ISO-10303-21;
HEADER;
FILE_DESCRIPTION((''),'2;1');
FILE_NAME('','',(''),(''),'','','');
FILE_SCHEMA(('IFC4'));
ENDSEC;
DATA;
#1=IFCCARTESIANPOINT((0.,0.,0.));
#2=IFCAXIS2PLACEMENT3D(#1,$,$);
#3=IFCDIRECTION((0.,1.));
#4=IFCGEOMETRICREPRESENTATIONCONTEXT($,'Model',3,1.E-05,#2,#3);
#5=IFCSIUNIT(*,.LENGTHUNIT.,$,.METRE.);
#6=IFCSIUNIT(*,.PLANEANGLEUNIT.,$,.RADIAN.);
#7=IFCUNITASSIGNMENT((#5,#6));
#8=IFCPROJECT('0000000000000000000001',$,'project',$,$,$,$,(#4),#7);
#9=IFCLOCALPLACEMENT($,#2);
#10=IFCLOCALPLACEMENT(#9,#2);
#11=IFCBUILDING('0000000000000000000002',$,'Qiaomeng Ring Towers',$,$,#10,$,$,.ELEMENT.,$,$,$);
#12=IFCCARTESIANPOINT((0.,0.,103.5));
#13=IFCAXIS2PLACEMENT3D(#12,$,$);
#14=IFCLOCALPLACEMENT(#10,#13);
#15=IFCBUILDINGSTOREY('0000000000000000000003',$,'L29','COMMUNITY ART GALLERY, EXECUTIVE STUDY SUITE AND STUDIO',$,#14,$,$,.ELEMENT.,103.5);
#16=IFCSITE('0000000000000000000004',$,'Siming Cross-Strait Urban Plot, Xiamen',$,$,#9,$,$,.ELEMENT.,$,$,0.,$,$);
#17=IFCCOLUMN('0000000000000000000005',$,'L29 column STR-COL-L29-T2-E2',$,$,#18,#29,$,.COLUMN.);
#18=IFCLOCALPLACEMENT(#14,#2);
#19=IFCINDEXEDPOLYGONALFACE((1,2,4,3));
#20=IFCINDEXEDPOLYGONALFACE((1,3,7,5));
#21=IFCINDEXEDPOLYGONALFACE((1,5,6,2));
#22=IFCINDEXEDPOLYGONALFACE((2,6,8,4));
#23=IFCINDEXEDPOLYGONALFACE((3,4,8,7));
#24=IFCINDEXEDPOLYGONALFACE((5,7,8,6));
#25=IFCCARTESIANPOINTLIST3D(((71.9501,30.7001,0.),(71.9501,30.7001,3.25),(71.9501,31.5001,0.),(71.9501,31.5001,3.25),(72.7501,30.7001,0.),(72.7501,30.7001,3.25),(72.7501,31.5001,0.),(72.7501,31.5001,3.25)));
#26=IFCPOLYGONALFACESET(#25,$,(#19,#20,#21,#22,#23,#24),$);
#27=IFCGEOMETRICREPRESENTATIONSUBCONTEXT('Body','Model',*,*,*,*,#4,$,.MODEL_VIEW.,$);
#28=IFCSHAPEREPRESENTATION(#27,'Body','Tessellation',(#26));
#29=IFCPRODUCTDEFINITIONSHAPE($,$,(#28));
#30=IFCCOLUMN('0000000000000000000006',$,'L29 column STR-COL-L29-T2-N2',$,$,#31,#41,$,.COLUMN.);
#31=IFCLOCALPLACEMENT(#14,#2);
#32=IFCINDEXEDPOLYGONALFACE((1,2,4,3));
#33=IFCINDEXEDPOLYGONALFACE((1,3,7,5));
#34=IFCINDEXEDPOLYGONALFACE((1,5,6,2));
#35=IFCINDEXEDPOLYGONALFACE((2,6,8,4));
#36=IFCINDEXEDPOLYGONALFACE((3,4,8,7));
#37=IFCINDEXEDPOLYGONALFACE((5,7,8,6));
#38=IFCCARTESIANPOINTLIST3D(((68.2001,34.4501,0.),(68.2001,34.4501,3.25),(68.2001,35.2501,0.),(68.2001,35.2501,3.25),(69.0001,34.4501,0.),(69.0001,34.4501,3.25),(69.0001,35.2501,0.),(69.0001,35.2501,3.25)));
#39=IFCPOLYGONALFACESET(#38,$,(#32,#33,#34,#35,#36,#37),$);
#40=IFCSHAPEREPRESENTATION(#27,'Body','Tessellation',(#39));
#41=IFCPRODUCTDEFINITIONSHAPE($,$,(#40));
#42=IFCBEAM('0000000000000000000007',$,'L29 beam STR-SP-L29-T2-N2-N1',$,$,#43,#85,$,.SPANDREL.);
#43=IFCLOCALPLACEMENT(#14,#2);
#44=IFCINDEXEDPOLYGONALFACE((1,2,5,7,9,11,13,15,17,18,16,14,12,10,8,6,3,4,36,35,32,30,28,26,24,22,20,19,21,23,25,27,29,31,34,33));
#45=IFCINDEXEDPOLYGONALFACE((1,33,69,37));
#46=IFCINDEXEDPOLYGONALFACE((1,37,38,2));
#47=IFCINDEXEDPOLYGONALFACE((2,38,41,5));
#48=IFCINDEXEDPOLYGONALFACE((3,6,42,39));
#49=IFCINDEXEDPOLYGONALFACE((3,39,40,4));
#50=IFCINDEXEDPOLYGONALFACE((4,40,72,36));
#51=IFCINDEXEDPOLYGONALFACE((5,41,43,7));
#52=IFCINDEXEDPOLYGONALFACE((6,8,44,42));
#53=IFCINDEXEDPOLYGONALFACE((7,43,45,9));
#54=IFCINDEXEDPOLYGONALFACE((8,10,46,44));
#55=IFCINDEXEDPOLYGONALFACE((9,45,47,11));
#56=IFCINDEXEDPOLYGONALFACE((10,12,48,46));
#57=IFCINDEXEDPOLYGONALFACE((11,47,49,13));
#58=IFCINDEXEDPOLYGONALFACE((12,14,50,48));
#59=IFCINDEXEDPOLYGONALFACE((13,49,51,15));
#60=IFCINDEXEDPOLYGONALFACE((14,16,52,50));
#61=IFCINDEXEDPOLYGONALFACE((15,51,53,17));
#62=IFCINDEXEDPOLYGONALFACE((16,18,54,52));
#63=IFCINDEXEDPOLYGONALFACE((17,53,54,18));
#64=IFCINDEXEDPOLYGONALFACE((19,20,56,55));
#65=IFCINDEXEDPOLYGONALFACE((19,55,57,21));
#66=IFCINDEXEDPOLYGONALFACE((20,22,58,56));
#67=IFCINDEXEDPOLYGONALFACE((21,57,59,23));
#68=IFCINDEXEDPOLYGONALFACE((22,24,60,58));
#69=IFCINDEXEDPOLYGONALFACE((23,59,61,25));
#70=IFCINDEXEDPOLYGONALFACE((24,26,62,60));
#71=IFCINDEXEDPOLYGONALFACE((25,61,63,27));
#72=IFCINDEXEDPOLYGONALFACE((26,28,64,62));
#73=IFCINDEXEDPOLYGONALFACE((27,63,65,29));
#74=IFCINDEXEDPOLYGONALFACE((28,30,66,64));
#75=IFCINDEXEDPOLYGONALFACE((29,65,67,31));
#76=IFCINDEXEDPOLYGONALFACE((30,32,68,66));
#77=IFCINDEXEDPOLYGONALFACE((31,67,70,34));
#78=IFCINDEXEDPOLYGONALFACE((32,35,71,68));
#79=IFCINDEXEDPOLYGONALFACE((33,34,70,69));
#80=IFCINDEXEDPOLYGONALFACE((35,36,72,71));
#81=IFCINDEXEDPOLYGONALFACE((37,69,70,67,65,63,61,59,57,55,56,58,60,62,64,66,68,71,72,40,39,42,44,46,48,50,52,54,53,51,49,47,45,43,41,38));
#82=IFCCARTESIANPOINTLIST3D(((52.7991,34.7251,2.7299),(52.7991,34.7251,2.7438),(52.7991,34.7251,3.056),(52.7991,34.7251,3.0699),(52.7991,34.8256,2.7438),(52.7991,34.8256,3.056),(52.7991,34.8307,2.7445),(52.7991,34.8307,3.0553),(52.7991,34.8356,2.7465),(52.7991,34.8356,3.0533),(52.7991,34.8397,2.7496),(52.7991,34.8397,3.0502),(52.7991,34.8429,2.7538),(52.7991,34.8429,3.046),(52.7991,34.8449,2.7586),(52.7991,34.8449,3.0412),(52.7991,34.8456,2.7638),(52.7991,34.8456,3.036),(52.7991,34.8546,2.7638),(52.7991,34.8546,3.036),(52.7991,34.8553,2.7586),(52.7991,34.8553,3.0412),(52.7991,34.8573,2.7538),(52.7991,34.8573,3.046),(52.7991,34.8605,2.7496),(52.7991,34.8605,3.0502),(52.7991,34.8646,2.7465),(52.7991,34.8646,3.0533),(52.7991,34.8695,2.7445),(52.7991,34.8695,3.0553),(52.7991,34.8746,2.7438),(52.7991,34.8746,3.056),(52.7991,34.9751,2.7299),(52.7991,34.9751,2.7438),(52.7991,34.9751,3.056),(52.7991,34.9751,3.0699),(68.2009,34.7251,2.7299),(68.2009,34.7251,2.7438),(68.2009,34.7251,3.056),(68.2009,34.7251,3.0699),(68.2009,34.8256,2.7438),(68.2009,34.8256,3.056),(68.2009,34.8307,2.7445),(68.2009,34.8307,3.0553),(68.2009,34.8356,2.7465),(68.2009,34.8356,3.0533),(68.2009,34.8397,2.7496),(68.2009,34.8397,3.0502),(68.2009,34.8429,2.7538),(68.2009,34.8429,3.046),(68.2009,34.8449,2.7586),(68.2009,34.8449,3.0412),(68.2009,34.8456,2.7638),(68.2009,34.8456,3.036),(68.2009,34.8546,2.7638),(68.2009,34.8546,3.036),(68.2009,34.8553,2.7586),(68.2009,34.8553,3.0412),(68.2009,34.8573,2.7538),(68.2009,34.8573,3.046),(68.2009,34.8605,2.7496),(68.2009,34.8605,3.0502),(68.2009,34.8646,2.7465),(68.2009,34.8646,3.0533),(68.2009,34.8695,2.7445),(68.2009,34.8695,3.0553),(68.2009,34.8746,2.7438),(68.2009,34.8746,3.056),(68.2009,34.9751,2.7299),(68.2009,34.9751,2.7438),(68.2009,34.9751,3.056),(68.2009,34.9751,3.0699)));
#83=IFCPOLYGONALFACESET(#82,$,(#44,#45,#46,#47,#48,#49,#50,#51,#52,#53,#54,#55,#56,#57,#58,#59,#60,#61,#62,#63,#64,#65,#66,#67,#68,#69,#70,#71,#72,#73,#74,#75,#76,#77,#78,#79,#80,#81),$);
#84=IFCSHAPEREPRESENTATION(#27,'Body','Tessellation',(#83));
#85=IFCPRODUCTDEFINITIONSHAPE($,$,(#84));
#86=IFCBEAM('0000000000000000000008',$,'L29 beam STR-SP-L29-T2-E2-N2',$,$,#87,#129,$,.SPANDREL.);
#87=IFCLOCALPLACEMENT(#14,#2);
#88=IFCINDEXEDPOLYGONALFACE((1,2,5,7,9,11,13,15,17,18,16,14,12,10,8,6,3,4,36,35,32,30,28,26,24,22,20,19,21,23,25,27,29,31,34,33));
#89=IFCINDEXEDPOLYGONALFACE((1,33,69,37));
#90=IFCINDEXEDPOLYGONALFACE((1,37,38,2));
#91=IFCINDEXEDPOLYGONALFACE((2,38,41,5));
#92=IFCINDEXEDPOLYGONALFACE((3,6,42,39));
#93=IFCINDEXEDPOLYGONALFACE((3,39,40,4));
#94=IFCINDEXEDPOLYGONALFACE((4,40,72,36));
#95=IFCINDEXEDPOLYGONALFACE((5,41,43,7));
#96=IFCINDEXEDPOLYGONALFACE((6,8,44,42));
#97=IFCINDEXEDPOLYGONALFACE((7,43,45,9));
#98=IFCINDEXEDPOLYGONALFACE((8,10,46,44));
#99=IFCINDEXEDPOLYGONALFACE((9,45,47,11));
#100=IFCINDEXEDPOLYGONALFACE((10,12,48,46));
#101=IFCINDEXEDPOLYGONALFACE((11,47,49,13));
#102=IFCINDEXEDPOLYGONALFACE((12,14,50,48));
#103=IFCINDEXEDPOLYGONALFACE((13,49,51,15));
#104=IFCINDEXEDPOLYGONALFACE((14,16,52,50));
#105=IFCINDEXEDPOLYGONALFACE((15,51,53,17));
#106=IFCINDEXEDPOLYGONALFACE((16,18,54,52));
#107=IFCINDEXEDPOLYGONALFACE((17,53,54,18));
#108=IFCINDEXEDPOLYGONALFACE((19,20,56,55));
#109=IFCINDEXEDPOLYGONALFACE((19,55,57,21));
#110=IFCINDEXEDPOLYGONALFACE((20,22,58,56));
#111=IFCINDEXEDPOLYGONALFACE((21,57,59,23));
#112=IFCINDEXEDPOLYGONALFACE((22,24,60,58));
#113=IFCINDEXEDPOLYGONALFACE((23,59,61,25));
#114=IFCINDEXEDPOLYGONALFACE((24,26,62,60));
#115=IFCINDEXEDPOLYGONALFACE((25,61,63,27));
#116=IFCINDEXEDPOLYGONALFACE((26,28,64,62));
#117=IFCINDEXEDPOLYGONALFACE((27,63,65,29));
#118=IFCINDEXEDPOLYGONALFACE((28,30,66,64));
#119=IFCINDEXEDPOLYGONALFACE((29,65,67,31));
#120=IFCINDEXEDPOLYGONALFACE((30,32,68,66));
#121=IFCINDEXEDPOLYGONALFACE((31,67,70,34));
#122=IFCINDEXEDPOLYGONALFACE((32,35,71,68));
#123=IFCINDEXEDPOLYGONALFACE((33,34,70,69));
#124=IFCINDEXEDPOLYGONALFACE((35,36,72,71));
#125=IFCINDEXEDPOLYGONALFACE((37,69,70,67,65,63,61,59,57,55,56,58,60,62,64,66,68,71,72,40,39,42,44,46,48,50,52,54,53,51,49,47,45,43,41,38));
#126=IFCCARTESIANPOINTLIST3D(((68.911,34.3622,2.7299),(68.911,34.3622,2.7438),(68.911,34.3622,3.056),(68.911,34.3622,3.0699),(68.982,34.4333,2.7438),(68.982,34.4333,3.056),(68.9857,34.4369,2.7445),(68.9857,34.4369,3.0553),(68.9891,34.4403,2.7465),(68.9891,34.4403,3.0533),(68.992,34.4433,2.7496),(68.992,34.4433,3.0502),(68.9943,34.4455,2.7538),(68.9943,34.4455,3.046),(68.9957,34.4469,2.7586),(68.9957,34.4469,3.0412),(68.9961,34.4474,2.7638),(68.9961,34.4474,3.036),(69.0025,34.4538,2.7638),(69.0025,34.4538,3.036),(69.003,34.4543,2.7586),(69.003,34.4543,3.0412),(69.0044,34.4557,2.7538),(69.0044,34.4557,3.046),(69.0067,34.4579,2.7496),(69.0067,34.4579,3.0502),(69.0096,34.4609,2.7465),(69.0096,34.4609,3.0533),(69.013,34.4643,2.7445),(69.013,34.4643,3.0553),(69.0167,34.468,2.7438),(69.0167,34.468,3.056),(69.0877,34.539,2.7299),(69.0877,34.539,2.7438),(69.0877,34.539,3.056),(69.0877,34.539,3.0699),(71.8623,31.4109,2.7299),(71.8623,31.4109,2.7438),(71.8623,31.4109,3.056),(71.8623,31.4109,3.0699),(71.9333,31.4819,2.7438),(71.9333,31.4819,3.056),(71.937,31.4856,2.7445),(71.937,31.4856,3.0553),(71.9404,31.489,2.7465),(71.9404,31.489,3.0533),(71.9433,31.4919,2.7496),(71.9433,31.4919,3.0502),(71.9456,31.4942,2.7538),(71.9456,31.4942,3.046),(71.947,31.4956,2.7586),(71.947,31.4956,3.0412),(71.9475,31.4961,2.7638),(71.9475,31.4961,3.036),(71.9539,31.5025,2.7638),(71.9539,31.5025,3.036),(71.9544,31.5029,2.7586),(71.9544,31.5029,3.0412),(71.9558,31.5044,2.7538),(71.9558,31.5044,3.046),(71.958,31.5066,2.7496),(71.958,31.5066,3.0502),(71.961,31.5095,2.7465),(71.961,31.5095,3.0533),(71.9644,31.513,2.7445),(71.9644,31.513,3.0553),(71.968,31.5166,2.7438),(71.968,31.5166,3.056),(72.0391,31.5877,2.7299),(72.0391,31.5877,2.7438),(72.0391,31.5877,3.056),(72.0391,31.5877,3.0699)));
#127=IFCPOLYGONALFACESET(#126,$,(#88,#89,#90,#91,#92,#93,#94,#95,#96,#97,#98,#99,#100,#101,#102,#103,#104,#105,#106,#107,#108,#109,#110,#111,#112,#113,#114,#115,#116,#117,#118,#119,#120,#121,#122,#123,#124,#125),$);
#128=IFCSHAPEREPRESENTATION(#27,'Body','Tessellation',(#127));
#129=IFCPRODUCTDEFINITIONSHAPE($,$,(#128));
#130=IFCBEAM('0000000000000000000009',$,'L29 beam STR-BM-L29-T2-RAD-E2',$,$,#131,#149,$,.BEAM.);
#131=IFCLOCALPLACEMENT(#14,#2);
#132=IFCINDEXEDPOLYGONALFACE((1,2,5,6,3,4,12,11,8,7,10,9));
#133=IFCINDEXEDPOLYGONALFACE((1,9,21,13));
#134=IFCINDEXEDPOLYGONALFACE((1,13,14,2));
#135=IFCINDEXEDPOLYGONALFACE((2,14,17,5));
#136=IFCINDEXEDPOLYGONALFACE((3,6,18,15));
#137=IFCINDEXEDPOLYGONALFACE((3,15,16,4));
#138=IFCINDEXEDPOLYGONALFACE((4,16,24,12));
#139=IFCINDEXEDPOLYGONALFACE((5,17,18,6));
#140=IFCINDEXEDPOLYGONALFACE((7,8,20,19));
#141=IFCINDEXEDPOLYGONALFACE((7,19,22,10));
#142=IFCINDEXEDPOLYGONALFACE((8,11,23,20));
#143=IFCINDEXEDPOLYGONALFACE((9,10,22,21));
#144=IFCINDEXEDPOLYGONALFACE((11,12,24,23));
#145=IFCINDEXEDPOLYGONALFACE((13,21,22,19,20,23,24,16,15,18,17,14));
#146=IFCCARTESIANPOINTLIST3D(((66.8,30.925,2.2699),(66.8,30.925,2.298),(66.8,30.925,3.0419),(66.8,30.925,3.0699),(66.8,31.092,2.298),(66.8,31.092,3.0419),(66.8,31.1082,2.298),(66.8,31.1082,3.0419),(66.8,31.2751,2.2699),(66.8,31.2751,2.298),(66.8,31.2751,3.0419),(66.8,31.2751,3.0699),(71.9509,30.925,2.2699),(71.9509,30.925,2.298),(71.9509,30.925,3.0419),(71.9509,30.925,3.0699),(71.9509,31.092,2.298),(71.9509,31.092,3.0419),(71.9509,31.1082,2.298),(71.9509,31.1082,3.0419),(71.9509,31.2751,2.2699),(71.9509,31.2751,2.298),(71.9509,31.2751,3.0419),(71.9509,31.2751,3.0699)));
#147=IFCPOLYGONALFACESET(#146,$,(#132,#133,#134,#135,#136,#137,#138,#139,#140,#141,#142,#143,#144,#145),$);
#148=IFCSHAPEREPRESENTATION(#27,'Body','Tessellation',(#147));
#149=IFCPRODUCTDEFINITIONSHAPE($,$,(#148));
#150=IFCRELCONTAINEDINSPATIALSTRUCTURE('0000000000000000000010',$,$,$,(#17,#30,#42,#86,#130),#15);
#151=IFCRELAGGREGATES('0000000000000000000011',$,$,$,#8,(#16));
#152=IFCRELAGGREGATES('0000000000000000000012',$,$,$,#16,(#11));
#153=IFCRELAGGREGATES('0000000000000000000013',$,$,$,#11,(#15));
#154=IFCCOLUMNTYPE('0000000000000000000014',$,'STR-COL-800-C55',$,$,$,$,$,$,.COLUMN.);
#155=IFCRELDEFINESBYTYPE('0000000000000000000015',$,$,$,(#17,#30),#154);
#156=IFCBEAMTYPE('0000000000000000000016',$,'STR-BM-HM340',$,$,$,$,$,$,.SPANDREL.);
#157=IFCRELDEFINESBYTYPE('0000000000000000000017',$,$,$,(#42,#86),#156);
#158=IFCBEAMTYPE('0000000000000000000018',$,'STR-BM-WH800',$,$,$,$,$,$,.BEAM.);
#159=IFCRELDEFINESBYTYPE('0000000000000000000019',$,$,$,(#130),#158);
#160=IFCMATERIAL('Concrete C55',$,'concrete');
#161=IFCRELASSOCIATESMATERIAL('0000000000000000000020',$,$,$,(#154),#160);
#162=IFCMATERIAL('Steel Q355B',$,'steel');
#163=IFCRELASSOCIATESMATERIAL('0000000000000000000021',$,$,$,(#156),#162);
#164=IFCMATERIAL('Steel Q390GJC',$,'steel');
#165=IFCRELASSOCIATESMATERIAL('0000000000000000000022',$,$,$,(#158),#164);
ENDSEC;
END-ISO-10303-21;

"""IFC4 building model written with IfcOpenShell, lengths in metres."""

from ifc_helpers import new_model, si_unit, direction, frame, origin, origin_2d, place, context, subcontext, project, spatial, rectangle, i_section, extrude, source, transform, mapped, material, material_profile, profile_set, type_object, element, save


model = new_model("IFC4")

# Units and contexts
model_context = context("Model", 3, precision=1e-05, world=origin(), true_north=direction((0.0, 1.0)))
body_context = subcontext(model_context, "Body", "Model", "MODEL_VIEW")
ifc_project = project(units=[si_unit("LENGTHUNIT", "METRE"), si_unit("PLANEANGLEUNIT", "RADIAN")], contexts=[model_context])

# Site, building, storey
site_placement = place(None, origin())
site = spatial("IfcSite", under=ifc_project, at=site_placement, Name="Siming Cross-Strait Urban Plot, Xiamen", CompositionType="ELEMENT", RefElevation=0.0)
building_placement = place(site_placement, origin())
building = spatial("IfcBuilding", under=site, at=building_placement, Name="Qiaomeng Ring Towers", CompositionType="ELEMENT")
storey_placement = place(building_placement, frame((0.0, 0.0, 103.5)))
storey = spatial("IfcBuildingStorey", under=building, at=storey_placement, Name="L29", Description="COMMUNITY ART GALLERY, EXECUTIVE STUDY SUITE AND STUDIO", CompositionType="ELEMENT", Elevation=103.5)

# Columns
ifc_material_1 = material(Name="Concrete C55", Category="concrete")
ifc_material_profile_1 = material_profile(ifc_material_1, rectangle(XDim=0.8, YDim=0.8, at=origin_2d()), Name="RC COL 800x800")
ifc_profile_set_1 = profile_set([ifc_material_profile_1], Name="Concrete C55")
column_type = type_object("IfcColumnType", Name="STR-COL-800-C55", PredefinedType="COLUMN", material=ifc_profile_set_1)
shared_shape_1 = source(origin(), body_context, "Body", "SweptSolid", [
    extrude(rectangle(XDim=0.8, YDim=0.8, at=origin_2d()), origin(), (0.0, 0.0, 1.0), 3.25),
])
for number, where, z_axis, x_axis, name in (
    (1, (72.3501, 31.1001, 0.0), (0.0, 0.0, 1.0), (1.0, 0.0, 0.0), "L29 column STR-COL-L29-T2-E2"),
    (2, (68.6001, 34.8501, 0.0), (0.0, 0.0, 1.0), (1.0, 0.0, 0.0), "L29 column STR-COL-L29-T2-N2"),
):
    element("IfcColumn", number, at=place(storey_placement, frame(where, z_axis=z_axis, x_axis=x_axis)), inside=storey, type_object=column_type, Name=name, PredefinedType="COLUMN", context=body_context, shape_type="MappedRepresentation", body=[
        mapped(shared_shape_1, transform((0.0, 0.0, 0.0), x_axis=(1.0, 0.0, 0.0), y_axis=(0.0, 1.0, 0.0), z_axis=(0.0, 0.0, 1.0), scale=1.0)),
    ])

# Beams
ifc_material_2 = material(Name="Steel Q355B", Category="steel")
ifc_material_profile_2 = material_profile(ifc_material_2, i_section(OverallWidth=0.25, OverallDepth=0.3401, WebThickness=0.009, FlangeThickness=0.0139, FilletRadius=0.02, at=origin_2d()), Name="HM 340x250x9x14")
ifc_profile_set_2 = profile_set([ifc_material_profile_2], Name="Steel Q355B")
beam_type_1 = type_object("IfcBeamType", Name="STR-BM-HM340", PredefinedType="SPANDREL", material=ifc_profile_set_2)
shared_shape_2 = source(origin(), body_context, "Body", "SweptSolid", [
    extrude(i_section(OverallWidth=0.25, OverallDepth=0.3401, WebThickness=0.009, FlangeThickness=0.0139, FilletRadius=0.02, at=origin_2d()), origin(), (0.0, 0.0, 1.0), 15.4019),
])
beam_1_placement = place(storey_placement, frame((68.2009, 34.8501, 2.8999), z_axis=(-1.0, 0.0, 0.0), x_axis=(0.0, -1.0, 0.0)))
element("IfcBeam", 3, at=beam_1_placement, inside=storey, type_object=beam_type_1, Name="L29 beam STR-SP-L29-T2-N2-N1", PredefinedType="SPANDREL", context=body_context, shape_type="MappedRepresentation", body=[
    mapped(shared_shape_2, transform((0.0, 0.0, 0.0), x_axis=(1.0, 0.0, 0.0), y_axis=(0.0, 1.0, 0.0), z_axis=(0.0, 0.0, 1.0), scale=1.0)),
])
shared_shape_3 = source(origin(), body_context, "Body", "SweptSolid", [
    extrude(i_section(OverallWidth=0.25, OverallDepth=0.3401, WebThickness=0.009, FlangeThickness=0.0139, FilletRadius=0.02, at=origin_2d()), origin(), (0.0, 0.0, 1.0), 4.1738),
])
beam_2_placement = place(storey_placement, frame((71.9507, 31.4993, 2.8999), z_axis=(-0.707107, 0.707107, 0.0), x_axis=(-0.707107, -0.707107, 0.0)))
element("IfcBeam", 4, at=beam_2_placement, inside=storey, type_object=beam_type_1, Name="L29 beam STR-SP-L29-T2-E2-N2", PredefinedType="SPANDREL", context=body_context, shape_type="MappedRepresentation", body=[
    mapped(shared_shape_3, transform((0.0, 0.0, 0.0), x_axis=(1.0, 0.0, 0.0), y_axis=(0.0, 1.0, 0.0), z_axis=(0.0, 0.0, 1.0), scale=1.0)),
])
ifc_material_3 = material(Name="Steel Q390GJC", Category="steel")
ifc_material_profile_3 = material_profile(ifc_material_3, i_section(OverallWidth=0.3501, OverallDepth=0.8, WebThickness=0.0161, FlangeThickness=0.0281, at=origin_2d()), Name="WH 800x350x16x28")
ifc_profile_set_3 = profile_set([ifc_material_profile_3], Name="Steel Q390GJC")
beam_type_2 = type_object("IfcBeamType", Name="STR-BM-WH800", PredefinedType="BEAM", material=ifc_profile_set_3)
shared_shape_4 = source(origin(), body_context, "Body", "SweptSolid", [
    extrude(i_section(OverallWidth=0.3501, OverallDepth=0.8, WebThickness=0.0161, FlangeThickness=0.0281, at=origin_2d()), origin(), (0.0, 0.0, 1.0), 5.1509),
])
beam_3_placement = place(storey_placement, frame((66.8, 31.1001, 2.6699), z_axis=(1.0, 0.0, 0.0), x_axis=(0.0, 1.0, 0.0)))
element("IfcBeam", 5, at=beam_3_placement, inside=storey, type_object=beam_type_2, Name="L29 beam STR-BM-L29-T2-RAD-E2", PredefinedType="BEAM", context=body_context, shape_type="MappedRepresentation", body=[
    mapped(shared_shape_4, transform((0.0, 0.0, 0.0), x_axis=(1.0, 0.0, 0.0), y_axis=(0.0, 1.0, 0.0), z_axis=(0.0, 0.0, 1.0), scale=1.0)),
])

save(model, "model.ifc")
